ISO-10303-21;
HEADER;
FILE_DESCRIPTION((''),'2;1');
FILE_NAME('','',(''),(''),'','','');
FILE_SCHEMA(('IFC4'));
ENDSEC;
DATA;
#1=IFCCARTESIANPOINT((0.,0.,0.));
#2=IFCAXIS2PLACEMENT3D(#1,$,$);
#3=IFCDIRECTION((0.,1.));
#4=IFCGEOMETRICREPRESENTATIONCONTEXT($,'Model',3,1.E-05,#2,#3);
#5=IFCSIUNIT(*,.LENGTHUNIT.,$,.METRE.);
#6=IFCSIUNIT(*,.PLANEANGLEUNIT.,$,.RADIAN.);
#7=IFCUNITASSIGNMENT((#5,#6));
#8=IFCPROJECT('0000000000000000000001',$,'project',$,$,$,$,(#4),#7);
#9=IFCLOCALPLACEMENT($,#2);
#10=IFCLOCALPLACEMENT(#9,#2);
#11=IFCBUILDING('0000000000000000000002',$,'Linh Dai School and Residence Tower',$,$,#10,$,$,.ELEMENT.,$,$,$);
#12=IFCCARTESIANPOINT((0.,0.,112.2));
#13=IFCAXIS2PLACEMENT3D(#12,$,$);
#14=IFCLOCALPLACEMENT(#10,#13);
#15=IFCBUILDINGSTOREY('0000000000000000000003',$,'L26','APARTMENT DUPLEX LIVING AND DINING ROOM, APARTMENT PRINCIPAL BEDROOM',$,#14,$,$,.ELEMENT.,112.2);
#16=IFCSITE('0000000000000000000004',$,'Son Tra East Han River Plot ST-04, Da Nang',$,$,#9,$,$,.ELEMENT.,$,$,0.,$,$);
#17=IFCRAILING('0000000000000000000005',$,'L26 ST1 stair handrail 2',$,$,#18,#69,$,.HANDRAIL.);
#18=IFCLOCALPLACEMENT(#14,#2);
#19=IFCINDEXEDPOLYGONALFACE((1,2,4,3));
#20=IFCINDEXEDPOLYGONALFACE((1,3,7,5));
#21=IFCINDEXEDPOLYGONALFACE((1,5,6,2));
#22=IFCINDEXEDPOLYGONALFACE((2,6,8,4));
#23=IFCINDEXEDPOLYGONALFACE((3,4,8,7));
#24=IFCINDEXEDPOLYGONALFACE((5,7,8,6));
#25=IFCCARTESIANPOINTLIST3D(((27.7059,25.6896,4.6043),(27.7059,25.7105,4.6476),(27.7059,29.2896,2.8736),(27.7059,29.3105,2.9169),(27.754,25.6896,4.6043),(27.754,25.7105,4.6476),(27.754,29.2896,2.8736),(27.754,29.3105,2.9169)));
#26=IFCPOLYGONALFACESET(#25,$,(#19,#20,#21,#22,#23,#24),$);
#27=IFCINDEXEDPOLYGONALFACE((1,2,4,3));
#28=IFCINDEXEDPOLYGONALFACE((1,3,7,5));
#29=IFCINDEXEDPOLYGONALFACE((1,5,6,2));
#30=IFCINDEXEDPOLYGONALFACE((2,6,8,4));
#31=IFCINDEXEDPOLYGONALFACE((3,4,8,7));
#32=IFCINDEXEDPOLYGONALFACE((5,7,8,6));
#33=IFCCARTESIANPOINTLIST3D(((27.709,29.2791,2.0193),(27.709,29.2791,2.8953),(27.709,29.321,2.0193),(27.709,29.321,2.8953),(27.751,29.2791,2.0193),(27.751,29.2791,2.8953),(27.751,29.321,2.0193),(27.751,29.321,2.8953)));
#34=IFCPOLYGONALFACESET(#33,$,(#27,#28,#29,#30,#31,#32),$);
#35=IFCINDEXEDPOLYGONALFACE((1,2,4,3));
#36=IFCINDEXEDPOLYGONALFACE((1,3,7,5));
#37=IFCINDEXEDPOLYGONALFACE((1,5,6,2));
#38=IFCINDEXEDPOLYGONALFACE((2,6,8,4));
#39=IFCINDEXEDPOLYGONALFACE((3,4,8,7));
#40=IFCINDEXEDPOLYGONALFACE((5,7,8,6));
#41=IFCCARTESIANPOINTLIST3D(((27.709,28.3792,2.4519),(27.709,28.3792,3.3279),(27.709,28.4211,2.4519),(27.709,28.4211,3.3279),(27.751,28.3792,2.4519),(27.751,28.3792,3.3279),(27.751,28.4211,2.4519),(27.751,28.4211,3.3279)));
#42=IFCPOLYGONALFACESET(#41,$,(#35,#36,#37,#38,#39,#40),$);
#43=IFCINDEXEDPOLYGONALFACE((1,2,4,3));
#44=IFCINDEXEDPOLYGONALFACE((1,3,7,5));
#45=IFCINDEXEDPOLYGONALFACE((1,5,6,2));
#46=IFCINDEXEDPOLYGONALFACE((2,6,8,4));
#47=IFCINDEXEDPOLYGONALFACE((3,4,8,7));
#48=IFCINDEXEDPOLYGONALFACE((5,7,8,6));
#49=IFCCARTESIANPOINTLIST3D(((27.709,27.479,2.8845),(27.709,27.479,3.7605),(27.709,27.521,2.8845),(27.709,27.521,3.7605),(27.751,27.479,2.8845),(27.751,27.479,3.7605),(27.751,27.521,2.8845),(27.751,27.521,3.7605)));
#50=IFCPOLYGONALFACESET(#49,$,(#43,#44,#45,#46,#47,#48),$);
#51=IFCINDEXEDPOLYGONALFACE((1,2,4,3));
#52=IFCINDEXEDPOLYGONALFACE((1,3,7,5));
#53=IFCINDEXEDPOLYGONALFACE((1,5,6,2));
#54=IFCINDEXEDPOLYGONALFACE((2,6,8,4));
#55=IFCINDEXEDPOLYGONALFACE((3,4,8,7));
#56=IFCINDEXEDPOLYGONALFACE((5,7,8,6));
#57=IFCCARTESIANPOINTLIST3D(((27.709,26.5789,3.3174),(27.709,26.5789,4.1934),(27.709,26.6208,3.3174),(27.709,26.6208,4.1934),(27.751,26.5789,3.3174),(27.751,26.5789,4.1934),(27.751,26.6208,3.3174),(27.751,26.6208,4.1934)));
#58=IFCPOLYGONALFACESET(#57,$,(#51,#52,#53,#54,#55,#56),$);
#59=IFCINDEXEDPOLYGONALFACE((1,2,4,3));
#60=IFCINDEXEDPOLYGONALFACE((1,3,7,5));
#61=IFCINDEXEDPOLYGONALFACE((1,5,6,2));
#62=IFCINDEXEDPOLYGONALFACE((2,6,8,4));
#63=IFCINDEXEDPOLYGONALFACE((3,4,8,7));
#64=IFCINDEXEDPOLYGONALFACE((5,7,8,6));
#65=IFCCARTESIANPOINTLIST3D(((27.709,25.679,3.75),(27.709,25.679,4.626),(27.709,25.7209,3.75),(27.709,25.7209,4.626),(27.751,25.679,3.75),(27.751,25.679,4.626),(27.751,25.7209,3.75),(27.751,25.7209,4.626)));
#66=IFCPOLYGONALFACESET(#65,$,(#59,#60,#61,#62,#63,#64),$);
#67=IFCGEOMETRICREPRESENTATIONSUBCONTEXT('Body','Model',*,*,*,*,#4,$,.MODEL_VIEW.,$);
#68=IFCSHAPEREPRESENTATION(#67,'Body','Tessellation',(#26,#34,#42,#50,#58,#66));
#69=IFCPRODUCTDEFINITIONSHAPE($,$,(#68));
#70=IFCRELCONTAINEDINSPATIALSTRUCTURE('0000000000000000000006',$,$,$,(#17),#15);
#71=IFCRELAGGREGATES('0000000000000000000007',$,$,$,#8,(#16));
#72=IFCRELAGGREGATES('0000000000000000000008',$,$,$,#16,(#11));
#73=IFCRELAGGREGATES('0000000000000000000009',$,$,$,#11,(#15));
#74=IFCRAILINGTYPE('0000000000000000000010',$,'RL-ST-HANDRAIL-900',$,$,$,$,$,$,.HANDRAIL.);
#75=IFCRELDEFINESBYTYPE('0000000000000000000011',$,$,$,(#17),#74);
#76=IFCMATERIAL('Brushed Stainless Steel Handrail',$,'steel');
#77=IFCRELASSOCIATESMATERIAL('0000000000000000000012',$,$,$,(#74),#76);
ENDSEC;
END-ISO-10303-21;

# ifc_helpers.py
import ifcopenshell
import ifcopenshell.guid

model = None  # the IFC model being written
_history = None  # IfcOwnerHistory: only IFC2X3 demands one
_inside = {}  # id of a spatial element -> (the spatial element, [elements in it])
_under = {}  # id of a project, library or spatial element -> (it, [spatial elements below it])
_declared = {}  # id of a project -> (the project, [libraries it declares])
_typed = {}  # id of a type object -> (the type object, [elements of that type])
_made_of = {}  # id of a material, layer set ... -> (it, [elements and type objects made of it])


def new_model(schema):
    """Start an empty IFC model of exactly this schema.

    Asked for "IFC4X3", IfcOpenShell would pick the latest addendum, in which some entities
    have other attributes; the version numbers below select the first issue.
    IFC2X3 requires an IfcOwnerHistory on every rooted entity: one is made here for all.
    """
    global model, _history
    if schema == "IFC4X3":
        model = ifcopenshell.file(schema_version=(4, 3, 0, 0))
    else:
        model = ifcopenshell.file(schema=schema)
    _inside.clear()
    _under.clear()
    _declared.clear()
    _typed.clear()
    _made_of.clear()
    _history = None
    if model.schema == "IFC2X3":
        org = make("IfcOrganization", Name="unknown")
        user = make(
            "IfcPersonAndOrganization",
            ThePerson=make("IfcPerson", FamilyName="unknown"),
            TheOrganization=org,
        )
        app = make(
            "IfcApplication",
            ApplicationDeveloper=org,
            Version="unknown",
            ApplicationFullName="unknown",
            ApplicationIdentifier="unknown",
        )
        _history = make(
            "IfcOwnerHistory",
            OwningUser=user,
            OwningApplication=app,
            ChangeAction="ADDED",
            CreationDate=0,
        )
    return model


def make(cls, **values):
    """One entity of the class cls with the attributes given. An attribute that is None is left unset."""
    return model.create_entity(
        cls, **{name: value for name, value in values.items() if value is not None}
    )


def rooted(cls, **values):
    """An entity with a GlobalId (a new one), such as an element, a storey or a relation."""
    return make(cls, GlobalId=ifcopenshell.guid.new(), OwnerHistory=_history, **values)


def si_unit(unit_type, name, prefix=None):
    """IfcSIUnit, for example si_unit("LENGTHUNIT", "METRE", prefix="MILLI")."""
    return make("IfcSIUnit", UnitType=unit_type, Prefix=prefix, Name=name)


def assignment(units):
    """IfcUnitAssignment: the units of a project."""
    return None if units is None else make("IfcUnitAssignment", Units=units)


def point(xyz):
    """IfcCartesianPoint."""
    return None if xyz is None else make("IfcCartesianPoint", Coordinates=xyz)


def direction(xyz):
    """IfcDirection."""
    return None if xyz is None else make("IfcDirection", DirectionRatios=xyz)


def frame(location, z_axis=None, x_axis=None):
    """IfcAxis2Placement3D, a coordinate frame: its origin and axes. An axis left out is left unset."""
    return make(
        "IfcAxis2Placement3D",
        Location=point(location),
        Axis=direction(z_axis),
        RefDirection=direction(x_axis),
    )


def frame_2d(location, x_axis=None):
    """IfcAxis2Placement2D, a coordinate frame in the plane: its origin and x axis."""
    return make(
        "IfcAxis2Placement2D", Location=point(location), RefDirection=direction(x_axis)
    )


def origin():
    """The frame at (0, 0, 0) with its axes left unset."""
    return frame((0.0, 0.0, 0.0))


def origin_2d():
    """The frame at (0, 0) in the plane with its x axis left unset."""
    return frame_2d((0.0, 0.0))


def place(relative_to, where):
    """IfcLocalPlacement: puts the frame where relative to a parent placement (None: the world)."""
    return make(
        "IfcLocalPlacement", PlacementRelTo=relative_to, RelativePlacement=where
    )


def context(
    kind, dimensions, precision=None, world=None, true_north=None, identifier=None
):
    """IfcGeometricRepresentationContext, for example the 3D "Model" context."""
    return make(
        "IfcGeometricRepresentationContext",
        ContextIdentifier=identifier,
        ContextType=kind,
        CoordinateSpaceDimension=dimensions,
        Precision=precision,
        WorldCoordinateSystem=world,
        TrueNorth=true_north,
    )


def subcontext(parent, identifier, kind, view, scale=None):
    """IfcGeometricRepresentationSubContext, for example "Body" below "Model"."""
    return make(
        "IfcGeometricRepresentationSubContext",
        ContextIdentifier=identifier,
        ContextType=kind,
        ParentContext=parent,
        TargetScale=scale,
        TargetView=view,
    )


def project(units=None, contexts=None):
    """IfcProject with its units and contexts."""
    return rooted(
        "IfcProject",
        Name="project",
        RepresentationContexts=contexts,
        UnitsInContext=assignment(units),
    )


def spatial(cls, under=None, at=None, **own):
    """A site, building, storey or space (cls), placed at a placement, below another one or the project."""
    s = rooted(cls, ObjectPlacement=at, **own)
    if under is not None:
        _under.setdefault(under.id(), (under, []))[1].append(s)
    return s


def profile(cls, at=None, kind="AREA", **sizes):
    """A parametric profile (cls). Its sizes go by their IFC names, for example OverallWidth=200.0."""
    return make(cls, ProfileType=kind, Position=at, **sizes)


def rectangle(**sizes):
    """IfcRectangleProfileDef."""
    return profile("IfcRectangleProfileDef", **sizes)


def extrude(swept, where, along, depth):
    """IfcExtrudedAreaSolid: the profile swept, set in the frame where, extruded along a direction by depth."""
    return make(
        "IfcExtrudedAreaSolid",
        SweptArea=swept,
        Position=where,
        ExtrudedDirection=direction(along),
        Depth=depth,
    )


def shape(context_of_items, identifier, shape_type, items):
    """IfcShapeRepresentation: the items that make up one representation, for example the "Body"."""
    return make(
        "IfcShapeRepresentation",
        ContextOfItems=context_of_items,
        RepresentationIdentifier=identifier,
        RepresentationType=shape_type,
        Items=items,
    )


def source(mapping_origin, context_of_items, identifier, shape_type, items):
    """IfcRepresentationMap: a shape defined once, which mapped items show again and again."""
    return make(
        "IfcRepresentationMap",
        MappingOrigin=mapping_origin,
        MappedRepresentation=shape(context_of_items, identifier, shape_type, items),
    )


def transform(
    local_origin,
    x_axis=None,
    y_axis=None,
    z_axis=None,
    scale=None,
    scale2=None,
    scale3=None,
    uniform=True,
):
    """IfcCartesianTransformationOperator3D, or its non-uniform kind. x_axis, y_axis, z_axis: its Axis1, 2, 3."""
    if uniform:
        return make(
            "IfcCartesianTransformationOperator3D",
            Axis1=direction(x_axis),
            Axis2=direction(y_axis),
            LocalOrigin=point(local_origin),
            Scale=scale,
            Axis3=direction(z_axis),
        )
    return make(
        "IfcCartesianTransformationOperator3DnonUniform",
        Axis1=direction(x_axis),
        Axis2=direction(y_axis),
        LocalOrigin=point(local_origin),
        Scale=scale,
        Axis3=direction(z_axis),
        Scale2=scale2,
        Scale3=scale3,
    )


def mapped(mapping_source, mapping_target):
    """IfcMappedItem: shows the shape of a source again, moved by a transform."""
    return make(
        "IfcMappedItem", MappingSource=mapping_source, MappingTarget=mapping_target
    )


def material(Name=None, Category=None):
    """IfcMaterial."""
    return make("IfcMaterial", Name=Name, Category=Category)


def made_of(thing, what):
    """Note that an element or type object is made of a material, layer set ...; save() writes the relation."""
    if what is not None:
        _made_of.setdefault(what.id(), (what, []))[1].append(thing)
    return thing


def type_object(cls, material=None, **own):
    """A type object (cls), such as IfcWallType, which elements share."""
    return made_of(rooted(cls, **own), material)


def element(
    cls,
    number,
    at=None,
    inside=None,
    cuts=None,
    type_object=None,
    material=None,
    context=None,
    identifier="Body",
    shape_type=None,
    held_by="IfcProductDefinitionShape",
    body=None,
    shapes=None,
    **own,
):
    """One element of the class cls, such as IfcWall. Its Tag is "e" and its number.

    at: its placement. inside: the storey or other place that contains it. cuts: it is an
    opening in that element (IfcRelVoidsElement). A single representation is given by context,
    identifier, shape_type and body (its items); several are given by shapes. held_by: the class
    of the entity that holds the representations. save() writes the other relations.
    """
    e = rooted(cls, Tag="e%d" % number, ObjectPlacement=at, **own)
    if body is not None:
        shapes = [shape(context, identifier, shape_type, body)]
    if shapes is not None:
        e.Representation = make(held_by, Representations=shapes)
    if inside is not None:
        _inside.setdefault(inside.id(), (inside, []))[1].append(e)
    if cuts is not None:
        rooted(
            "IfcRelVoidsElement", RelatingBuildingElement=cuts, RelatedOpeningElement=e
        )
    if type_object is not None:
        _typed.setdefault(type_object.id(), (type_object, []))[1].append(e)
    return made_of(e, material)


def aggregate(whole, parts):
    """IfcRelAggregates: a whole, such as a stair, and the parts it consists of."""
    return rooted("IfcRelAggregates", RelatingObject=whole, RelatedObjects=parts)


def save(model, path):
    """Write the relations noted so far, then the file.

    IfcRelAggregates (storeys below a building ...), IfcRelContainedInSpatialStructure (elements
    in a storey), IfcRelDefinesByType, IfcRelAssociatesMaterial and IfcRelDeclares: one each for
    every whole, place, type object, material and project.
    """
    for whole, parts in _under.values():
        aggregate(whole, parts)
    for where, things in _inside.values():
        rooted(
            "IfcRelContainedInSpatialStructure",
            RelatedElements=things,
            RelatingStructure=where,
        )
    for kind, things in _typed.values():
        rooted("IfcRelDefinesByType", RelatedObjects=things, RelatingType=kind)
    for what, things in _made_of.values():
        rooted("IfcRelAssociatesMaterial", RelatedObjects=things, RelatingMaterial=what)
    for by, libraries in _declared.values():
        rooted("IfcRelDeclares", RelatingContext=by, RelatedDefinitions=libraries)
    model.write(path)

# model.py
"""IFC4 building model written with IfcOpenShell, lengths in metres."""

from ifc_helpers import new_model, si_unit, direction, frame, origin, origin_2d, place, context, subcontext, project, spatial, rectangle, extrude, source, transform, mapped, material, type_object, element, save


model = new_model("IFC4")

# Units and contexts
model_context = context("Model", 3, precision=1e-05, world=origin(), true_north=direction((0.0, 1.0)))
body_context = subcontext(model_context, "Body", "Model", "MODEL_VIEW")
ifc_project = project(units=[si_unit("LENGTHUNIT", "METRE"), si_unit("PLANEANGLEUNIT", "RADIAN")], contexts=[model_context])

# Site, building, storey
site_placement = place(None, origin())
site = spatial("IfcSite", under=ifc_project, at=site_placement, Name="Son Tra East Han River Plot ST-04, Da Nang", CompositionType="ELEMENT", RefElevation=0.0)
building_placement = place(site_placement, origin())
building = spatial("IfcBuilding", under=site, at=building_placement, Name="Linh Dai School and Residence Tower", CompositionType="ELEMENT")
storey_placement = place(building_placement, frame((0.0, 0.0, 112.2)))
storey = spatial("IfcBuildingStorey", under=building, at=storey_placement, Name="L26", Description="APARTMENT DUPLEX LIVING AND DINING ROOM, APARTMENT PRINCIPAL BEDROOM", CompositionType="ELEMENT", Elevation=112.2)

# Railing
ifc_material_1 = material(Name="Brushed Stainless Steel Handrail", Category="steel")
railing_type_1 = type_object("IfcRailingType", Name="RL-ST-HANDRAIL-900", PredefinedType="HANDRAIL", material=ifc_material_1)
shared_shape_1 = source(origin(), body_context, "Body", "SweptSolid", [
    extrude(rectangle(XDim=0.0481, YDim=0.0481, at=origin_2d()), frame((0.0, 0.0, 0.876), z_axis=(0.0, -0.901263, 0.433273), x_axis=(1.0, 0.0, 0.0)), (0.0, 0.0, 1.0), 3.9944),
    extrude(rectangle(XDim=0.042, YDim=0.042, at=origin_2d()), origin(), (0.0, 0.0, 1.0), 0.876),
    extrude(rectangle(XDim=0.042, YDim=0.042, at=origin_2d()), frame((0.0, -0.8999, 0.4326)), (0.0, 0.0, 1.0), 0.876),
    extrude(rectangle(XDim=0.042, YDim=0.042, at=origin_2d()), frame((0.0, -1.8, 0.8652)), (0.0, 0.0, 1.0), 0.876),
    extrude(rectangle(XDim=0.042, YDim=0.042, at=origin_2d()), frame((0.0, -2.7002, 1.2981)), (0.0, 0.0, 1.0), 0.876),
    extrude(rectangle(XDim=0.042, YDim=0.042, at=origin_2d()), frame((0.0, -3.6001, 1.7307)), (0.0, 0.0, 1.0), 0.876),
])
railing_1_placement = place(storey_placement, frame((27.73, 29.3, 2.0193)))
element("IfcRailing", 1, at=railing_1_placement, inside=storey, type_object=railing_type_1, Name="L26 ST1 stair handrail 2", PredefinedType="HANDRAIL", context=body_context, shape_type="MappedRepresentation", body=[
    mapped(shared_shape_1, transform((0.0, 0.0, 0.0), x_axis=(1.0, 0.0, 0.0), y_axis=(0.0, 1.0, 0.0), z_axis=(0.0, 0.0, 1.0), scale=1.0)),
])

save(model, "model.ifc")
